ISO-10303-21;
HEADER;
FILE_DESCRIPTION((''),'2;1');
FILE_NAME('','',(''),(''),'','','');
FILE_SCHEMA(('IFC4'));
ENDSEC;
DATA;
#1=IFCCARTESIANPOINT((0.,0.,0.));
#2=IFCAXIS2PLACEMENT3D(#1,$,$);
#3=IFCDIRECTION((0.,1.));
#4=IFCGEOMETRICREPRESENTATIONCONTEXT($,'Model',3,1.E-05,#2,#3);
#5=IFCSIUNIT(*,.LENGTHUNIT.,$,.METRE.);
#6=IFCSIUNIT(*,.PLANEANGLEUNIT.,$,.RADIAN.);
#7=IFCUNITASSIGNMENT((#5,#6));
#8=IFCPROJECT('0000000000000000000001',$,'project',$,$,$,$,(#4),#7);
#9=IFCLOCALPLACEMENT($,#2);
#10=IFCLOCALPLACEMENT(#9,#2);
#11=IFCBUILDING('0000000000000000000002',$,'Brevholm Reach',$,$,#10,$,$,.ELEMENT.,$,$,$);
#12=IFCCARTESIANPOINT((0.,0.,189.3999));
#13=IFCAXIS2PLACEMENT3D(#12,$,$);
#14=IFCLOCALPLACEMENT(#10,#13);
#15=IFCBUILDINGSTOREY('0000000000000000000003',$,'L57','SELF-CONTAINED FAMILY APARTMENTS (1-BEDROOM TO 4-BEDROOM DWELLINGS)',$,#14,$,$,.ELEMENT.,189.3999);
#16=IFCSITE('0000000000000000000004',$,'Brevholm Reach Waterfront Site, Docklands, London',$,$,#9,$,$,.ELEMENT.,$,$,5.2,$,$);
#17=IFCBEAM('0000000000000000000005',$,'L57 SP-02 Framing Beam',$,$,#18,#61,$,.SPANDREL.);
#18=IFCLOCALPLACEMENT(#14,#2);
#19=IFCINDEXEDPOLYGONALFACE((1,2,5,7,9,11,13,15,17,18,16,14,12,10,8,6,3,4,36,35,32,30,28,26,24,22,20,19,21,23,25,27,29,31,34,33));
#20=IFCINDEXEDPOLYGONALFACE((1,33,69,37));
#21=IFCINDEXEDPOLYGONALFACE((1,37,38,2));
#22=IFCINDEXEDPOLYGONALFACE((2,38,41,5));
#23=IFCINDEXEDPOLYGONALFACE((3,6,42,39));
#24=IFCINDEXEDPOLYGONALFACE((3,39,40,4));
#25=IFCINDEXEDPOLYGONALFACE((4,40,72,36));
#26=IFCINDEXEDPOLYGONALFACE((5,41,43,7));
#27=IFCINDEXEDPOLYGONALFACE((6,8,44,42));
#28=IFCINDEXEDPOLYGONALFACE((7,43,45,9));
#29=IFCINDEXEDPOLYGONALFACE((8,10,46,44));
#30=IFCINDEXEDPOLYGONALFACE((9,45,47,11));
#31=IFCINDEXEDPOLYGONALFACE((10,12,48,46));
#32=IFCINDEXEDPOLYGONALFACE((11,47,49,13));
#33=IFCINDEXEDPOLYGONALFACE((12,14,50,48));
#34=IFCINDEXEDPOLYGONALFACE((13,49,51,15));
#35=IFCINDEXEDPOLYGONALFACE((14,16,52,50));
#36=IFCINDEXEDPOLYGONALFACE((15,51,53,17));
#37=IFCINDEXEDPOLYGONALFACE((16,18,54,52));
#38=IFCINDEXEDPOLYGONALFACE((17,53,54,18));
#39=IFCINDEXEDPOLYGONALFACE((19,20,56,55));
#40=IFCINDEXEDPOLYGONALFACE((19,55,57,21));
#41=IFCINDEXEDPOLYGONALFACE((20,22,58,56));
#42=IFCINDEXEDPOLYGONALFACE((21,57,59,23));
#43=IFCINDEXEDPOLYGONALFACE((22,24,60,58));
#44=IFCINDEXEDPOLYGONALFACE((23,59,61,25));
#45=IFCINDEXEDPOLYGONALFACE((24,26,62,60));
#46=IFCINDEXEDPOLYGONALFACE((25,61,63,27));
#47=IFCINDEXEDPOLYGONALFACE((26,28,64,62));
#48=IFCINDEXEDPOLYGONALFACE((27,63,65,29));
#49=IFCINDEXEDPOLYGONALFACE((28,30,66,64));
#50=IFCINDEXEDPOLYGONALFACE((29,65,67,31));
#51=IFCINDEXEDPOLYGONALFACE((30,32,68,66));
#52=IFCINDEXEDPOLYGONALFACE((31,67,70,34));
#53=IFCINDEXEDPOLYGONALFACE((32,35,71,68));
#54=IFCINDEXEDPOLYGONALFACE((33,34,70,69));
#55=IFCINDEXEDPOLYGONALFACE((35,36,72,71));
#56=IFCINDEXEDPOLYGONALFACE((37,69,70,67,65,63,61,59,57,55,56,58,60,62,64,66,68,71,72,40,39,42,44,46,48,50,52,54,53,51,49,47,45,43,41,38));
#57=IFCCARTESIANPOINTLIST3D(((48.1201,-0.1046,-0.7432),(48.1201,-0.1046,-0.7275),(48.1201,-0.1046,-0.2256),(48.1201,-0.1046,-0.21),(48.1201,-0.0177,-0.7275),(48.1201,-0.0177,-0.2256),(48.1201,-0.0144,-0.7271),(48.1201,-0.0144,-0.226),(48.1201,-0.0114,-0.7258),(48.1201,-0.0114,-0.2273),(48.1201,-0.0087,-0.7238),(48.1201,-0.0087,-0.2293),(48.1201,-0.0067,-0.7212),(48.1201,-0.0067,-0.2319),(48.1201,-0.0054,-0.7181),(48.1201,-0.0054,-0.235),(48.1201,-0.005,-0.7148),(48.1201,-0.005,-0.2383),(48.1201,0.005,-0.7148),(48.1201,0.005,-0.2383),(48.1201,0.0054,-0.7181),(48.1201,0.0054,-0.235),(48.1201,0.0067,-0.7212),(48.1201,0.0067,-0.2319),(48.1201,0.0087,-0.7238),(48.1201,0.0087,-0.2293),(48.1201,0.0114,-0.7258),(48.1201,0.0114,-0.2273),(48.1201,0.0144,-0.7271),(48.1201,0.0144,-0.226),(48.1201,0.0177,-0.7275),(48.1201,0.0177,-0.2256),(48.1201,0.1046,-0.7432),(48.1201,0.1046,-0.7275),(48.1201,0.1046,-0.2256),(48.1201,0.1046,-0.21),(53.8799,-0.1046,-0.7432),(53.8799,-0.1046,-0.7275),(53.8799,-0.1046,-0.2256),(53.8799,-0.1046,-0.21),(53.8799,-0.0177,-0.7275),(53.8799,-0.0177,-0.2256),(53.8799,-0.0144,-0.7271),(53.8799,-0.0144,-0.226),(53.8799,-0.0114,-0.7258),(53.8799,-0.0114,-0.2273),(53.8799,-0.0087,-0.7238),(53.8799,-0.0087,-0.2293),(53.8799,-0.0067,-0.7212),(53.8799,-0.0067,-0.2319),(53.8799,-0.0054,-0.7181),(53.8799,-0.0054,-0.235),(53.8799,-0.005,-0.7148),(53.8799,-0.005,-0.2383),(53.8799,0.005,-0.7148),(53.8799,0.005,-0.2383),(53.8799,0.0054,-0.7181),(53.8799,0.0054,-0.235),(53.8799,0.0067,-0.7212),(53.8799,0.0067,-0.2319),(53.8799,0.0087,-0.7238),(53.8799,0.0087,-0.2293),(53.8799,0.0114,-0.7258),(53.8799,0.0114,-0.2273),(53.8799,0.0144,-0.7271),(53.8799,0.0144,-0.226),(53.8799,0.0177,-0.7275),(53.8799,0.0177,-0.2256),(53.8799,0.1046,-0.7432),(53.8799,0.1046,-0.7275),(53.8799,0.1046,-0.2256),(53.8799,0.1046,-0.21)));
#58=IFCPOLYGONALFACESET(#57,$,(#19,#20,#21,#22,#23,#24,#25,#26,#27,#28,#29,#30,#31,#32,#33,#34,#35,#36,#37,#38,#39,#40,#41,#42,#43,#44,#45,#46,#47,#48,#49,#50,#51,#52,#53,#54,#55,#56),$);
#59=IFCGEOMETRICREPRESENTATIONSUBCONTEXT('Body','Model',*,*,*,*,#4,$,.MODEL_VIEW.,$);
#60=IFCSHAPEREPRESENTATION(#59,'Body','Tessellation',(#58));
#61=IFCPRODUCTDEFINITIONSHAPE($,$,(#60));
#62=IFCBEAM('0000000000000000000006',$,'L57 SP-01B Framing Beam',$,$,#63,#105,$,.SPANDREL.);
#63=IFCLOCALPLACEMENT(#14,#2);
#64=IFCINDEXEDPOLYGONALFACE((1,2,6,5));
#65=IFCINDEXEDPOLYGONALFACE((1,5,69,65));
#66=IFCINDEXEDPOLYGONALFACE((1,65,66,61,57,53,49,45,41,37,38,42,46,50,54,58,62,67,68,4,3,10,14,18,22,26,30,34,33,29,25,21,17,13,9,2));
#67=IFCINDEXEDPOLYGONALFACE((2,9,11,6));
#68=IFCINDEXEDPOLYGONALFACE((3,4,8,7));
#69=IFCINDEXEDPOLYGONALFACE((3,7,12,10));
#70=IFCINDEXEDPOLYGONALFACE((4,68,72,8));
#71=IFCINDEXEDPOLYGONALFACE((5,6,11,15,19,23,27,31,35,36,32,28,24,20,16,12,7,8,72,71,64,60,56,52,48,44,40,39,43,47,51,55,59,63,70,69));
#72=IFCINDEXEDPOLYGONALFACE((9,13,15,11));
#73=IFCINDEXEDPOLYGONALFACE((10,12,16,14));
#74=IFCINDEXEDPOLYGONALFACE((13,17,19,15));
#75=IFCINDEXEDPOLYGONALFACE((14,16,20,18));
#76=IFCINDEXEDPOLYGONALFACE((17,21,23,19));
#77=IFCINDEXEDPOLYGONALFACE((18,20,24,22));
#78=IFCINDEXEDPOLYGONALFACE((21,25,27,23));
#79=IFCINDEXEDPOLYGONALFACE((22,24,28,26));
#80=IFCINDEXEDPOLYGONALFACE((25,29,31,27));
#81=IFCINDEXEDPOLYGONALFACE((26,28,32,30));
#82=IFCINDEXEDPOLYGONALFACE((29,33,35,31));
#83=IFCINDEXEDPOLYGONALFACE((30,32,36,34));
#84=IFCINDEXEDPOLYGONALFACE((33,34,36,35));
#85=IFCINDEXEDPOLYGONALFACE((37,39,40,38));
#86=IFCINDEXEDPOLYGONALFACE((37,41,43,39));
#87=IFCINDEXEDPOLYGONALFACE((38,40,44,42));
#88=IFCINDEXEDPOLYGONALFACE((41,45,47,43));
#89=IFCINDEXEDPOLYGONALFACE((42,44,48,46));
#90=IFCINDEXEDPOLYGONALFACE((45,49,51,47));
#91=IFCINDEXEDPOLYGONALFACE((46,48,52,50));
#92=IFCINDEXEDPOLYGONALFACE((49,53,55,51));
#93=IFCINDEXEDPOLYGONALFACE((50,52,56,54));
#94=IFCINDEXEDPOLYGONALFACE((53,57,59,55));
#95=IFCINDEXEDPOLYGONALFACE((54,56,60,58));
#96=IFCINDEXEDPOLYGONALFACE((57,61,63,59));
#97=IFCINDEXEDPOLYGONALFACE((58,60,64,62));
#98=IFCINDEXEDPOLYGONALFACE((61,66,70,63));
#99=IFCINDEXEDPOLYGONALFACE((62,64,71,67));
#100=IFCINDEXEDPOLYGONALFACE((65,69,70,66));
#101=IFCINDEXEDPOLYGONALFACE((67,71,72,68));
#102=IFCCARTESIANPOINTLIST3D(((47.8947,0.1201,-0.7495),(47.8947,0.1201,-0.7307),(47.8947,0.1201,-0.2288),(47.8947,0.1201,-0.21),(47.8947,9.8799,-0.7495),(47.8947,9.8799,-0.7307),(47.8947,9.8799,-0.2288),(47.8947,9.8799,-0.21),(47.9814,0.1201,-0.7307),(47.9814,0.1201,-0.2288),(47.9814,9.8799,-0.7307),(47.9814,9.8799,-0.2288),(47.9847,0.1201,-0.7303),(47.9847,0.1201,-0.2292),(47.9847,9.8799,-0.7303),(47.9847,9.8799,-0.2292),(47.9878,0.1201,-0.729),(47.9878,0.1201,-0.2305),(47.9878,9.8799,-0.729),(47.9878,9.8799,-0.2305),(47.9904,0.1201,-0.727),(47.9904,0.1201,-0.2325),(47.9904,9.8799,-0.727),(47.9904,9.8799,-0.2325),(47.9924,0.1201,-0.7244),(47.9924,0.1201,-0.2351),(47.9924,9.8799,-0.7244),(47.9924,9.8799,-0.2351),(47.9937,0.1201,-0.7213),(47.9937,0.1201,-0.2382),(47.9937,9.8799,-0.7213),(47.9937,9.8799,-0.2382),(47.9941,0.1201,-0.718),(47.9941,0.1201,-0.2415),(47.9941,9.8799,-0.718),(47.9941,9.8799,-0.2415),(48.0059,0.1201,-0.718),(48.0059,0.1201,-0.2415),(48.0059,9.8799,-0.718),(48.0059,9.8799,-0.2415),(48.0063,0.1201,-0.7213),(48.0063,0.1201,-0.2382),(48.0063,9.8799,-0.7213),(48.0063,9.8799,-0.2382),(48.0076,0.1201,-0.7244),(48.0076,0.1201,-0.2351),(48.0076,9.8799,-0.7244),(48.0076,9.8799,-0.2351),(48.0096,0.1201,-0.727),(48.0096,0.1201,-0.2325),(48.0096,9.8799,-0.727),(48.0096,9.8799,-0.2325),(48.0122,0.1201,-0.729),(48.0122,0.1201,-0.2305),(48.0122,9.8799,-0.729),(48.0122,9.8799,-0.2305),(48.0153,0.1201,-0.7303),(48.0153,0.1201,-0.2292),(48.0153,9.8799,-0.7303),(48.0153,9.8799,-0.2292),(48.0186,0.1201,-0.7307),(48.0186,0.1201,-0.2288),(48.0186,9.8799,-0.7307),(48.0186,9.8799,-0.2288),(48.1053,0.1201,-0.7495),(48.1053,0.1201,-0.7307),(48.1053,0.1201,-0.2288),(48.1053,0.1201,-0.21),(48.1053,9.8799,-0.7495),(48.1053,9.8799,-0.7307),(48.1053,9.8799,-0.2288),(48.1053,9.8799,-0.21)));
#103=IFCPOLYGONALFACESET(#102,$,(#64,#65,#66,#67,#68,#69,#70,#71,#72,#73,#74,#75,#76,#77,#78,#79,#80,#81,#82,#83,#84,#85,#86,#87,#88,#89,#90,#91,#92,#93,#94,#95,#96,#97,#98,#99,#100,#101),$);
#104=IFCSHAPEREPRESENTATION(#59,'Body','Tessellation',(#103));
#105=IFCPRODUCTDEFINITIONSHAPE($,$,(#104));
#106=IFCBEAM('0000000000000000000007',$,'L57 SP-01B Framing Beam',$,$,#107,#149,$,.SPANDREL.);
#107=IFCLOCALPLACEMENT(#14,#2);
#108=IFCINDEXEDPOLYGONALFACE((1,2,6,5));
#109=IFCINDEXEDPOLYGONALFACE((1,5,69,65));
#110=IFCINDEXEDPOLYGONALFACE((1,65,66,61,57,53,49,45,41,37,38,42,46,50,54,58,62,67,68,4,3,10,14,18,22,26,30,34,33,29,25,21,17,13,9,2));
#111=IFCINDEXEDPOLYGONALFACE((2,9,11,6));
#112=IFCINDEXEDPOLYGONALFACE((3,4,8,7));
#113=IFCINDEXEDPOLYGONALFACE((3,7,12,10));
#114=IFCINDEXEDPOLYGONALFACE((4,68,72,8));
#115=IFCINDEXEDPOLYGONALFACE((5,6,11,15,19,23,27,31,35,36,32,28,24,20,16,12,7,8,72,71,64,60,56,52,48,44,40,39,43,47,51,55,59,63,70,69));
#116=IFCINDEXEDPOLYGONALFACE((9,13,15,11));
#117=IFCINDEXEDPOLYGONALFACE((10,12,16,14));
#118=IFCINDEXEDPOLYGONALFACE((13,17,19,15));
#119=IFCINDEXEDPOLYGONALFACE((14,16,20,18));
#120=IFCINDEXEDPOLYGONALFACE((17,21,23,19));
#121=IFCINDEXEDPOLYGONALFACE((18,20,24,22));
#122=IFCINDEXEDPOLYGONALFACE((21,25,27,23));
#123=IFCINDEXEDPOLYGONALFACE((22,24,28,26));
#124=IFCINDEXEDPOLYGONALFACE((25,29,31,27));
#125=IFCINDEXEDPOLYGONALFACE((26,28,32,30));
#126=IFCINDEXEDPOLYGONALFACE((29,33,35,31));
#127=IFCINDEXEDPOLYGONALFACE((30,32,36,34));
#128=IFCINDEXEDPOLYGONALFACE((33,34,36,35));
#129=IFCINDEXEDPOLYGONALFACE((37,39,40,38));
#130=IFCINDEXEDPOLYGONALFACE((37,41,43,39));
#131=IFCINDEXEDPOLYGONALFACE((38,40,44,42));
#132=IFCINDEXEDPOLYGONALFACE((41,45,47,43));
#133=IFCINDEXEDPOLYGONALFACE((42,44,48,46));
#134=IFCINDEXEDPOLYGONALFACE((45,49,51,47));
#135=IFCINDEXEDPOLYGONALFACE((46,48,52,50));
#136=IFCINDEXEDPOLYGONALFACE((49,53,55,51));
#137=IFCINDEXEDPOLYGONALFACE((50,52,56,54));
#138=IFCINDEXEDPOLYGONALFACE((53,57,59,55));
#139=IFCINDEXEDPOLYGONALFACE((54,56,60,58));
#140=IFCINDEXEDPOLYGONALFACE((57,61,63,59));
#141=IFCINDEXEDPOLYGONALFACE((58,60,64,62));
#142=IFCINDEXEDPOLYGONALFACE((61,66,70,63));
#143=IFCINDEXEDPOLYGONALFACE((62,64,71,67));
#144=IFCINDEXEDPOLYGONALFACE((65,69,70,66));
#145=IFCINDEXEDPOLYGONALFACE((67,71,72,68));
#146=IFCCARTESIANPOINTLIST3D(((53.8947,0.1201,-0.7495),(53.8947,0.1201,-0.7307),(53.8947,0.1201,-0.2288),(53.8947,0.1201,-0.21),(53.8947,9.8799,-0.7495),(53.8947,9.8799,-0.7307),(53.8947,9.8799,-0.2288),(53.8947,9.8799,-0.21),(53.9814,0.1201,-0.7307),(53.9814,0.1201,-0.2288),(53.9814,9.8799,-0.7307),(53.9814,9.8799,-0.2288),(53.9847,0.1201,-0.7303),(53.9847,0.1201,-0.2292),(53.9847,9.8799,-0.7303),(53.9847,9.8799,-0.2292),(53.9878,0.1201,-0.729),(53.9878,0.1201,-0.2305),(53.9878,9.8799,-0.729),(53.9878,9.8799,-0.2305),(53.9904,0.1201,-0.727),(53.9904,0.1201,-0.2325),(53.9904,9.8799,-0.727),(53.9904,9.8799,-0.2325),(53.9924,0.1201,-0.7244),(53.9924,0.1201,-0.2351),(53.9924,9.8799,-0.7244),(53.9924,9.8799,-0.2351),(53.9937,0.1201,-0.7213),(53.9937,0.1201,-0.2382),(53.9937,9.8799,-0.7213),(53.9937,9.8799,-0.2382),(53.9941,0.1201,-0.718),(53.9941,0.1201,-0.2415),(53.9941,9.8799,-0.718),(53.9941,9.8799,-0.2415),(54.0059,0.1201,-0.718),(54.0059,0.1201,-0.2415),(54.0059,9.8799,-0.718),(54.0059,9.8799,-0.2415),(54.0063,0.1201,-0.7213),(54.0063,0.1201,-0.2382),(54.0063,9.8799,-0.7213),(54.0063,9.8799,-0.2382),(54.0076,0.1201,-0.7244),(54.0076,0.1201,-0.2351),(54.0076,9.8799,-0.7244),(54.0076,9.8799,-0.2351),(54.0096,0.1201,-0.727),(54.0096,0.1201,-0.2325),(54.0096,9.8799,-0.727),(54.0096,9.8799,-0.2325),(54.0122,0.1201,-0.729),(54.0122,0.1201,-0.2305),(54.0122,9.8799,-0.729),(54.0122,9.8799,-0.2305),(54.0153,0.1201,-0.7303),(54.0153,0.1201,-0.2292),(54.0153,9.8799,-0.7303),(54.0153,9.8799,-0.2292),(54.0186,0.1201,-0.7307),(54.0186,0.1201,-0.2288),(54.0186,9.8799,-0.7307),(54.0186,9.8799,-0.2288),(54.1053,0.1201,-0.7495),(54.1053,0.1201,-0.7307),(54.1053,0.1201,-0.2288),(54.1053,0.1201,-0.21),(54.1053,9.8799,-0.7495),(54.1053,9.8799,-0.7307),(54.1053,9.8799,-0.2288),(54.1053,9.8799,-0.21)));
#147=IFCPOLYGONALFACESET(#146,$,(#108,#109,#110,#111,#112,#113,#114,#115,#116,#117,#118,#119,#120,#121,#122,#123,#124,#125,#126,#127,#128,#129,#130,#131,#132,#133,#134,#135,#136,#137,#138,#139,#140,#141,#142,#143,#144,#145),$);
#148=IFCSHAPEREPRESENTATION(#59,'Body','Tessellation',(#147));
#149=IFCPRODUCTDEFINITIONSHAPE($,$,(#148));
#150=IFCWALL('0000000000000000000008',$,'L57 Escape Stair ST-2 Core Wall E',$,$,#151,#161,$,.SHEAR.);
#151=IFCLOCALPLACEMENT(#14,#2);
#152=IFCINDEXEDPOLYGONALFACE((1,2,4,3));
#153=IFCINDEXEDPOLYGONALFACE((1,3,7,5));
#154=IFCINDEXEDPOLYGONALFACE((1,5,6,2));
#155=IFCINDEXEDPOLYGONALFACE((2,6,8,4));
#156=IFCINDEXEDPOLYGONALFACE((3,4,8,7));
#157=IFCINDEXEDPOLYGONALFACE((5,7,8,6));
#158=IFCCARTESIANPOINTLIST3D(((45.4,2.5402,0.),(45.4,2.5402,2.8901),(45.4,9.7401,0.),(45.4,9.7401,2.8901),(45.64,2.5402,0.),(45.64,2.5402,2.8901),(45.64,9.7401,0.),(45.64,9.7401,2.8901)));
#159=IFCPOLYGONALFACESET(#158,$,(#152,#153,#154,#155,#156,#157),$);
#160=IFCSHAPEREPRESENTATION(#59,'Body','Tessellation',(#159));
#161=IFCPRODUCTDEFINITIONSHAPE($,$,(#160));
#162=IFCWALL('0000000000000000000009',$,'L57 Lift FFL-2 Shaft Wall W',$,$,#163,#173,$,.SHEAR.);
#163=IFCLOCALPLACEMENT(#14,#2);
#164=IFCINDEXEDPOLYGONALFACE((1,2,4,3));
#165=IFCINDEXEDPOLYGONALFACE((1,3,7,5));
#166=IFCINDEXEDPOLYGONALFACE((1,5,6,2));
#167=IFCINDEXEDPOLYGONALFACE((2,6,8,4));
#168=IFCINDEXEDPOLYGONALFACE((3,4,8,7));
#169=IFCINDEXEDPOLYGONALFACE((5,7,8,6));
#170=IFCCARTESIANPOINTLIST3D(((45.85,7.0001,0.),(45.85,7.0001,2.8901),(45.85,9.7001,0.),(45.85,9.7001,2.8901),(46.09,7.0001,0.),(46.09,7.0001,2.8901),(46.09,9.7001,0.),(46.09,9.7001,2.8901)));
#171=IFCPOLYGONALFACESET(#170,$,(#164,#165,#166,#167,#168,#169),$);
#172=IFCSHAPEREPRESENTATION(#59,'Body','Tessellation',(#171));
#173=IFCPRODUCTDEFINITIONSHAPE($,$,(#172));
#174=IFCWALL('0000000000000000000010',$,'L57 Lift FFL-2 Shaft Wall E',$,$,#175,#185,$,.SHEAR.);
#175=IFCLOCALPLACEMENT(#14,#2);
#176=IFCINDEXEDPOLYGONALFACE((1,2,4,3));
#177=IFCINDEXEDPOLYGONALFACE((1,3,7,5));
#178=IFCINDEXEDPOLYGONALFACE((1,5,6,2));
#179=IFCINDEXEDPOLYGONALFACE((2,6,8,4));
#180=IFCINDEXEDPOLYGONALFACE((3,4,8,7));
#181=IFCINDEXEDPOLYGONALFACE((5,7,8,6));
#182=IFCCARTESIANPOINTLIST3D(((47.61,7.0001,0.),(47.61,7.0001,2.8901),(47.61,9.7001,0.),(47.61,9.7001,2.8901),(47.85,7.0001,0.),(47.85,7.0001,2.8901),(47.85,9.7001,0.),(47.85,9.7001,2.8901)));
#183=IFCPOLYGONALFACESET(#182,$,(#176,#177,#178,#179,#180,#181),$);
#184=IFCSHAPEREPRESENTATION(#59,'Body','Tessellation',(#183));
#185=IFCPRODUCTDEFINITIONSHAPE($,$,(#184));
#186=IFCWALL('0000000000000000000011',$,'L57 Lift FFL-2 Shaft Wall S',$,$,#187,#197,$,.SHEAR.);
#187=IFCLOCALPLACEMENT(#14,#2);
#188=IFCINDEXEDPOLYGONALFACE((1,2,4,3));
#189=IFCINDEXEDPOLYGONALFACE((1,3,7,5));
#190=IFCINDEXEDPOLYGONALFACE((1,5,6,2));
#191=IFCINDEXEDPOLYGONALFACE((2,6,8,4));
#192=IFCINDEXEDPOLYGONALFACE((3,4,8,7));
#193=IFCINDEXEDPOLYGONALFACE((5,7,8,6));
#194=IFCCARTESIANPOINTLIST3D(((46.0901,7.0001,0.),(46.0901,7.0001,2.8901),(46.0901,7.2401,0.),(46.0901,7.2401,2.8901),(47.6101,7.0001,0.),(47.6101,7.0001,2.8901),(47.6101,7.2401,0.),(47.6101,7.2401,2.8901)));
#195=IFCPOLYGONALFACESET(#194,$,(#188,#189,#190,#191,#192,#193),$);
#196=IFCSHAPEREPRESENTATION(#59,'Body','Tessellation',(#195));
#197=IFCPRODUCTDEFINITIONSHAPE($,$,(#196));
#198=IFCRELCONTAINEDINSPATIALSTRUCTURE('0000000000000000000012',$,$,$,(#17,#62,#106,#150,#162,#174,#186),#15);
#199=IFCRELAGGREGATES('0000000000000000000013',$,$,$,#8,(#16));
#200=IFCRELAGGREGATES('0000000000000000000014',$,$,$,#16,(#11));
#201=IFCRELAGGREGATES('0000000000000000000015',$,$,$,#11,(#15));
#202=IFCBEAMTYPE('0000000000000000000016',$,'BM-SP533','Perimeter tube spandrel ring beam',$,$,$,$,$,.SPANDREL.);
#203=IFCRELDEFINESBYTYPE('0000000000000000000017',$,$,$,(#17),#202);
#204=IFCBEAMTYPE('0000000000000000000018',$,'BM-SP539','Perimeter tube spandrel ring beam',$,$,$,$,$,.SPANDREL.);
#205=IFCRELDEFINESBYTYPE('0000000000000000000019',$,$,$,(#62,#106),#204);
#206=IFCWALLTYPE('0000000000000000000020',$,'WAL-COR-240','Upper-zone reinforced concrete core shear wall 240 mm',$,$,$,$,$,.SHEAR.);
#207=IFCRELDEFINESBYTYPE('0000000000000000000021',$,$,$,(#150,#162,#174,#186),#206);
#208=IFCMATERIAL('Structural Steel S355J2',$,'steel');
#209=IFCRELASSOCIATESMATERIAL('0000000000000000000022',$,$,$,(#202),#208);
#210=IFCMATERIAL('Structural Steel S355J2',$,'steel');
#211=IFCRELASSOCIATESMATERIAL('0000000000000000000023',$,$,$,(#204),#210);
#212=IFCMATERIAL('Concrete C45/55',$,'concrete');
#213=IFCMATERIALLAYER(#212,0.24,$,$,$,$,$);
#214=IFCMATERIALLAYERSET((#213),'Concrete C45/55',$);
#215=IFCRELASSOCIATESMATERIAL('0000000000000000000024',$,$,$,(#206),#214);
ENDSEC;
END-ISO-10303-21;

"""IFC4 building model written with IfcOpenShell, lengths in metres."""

from ifc_helpers import new_model, si_unit, direction, frame, frame_2d, origin, origin_2d, place, context, subcontext, project, spatial, rectangle, i_section, extrude, material, layer, layer_set, material_profile, profile_set, type_object, element, save


model = new_model("IFC4")

# Units and contexts
model_context = context("Model", 3, precision=1e-05, world=origin(), true_north=direction((0.0, 1.0)))
body_context = subcontext(model_context, "Body", "Model", "MODEL_VIEW")
ifc_project = project(units=[si_unit("LENGTHUNIT", "METRE"), si_unit("PLANEANGLEUNIT", "RADIAN")], contexts=[model_context])

# Site, building, storey
site_placement = place(None, origin())
site = spatial("IfcSite", under=ifc_project, at=site_placement, Name="Brevholm Reach Waterfront Site, Docklands, London", CompositionType="ELEMENT", RefElevation=5.2)
building_placement = place(site_placement, origin())
building = spatial("IfcBuilding", under=site, at=building_placement, Name="Brevholm Reach", CompositionType="ELEMENT")
storey_placement = place(building_placement, frame((0.0, 0.0, 189.3999)))
storey = spatial("IfcBuildingStorey", under=building, at=storey_placement, Name="L57", Description="SELF-CONTAINED FAMILY APARTMENTS (1-BEDROOM TO 4-BEDROOM DWELLINGS)", CompositionType="ELEMENT", Elevation=189.3999)

# Beams
ifc_material_1 = material(Name="Structural Steel S355J2", Category="steel")
ifc_material_profile_1 = material_profile(ifc_material_1, i_section(OverallWidth=0.2092, OverallDepth=0.5332, WebThickness=0.01, FlangeThickness=0.0156, FilletRadius=0.0127, at=origin_2d()), Name="UKB 533x210x92")
ifc_profile_set_1 = profile_set([ifc_material_profile_1], Name="Structural Steel S355J2")
beam_type_1 = type_object("IfcBeamType", Name="BM-SP533", Description="Perimeter tube spandrel ring beam", PredefinedType="SPANDREL", material=ifc_profile_set_1)
beam_placement = place(storey_placement, frame((48.1201, 0.0, -0.4766), z_axis=(1.0, 0.0, 0.0), x_axis=(0.0, 1.0, 0.0)))
element("IfcBeam", 1, at=beam_placement, inside=storey, type_object=beam_type_1, Name="L57 SP-02 Framing Beam", PredefinedType="SPANDREL", context=body_context, shape_type="SweptSolid", body=[
    extrude(i_section(OverallWidth=0.2092, OverallDepth=0.5332, WebThickness=0.01, FlangeThickness=0.0156, FilletRadius=0.0127, at=origin_2d()), origin(), (0.0, 0.0, 1.0), 5.7598),
])
ifc_material_2 = material(Name="Structural Steel S355J2", Category="steel")
ifc_material_profile_2 = material_profile(ifc_material_2, i_section(OverallWidth=0.2107, OverallDepth=0.5396, WebThickness=0.0117, FlangeThickness=0.0188, FilletRadius=0.0127, at=origin_2d()), Name="UKB 533x210x109")
ifc_profile_set_2 = profile_set([ifc_material_profile_2], Name="Structural Steel S355J2")
beam_type_2 = type_object("IfcBeamType", Name="BM-SP539", Description="Perimeter tube spandrel ring beam", PredefinedType="SPANDREL", material=ifc_profile_set_2)
for number, where, z_axis, x_axis, name in (
    (2, (48.0, 0.1201, -0.4797), (0.0, 1.0, 0.0), (-1.0, 0.0, 0.0), "L57 SP-01B Framing Beam"),
    (3, (54.0, 0.1201, -0.4797), (0.0, 1.0, 0.0), (-1.0, 0.0, 0.0), "L57 SP-01B Framing Beam"),
):
    element("IfcBeam", number, at=place(storey_placement, frame(where, z_axis=z_axis, x_axis=x_axis)), inside=storey, type_object=beam_type_2, Name=name, PredefinedType="SPANDREL", context=body_context, shape_type="SweptSolid", body=[
        extrude(i_section(OverallWidth=0.2107, OverallDepth=0.5396, WebThickness=0.0117, FlangeThickness=0.0188, FilletRadius=0.0127, at=origin_2d()), origin(), (0.0, 0.0, 1.0), 9.7598),
    ])

# Walls
ifc_material_3 = material(Name="Concrete C45/55", Category="concrete")
ifc_layer_1 = layer(ifc_material_3, 0.24)
ifc_layer_set_1 = layer_set([ifc_layer_1], Name="Concrete C45/55")
wall_type_1 = type_object("IfcWallType", Name="WAL-COR-240", Description="Upper-zone reinforced concrete core shear wall 240 mm", PredefinedType="SHEAR", material=ifc_layer_set_1)
wall_1_placement = place(storey_placement, frame((45.52, 2.54, 0.0), z_axis=(0.0, 0.0, 1.0), x_axis=(0.0, 1.0, 0.0)))
element("IfcWall", 4, at=wall_1_placement, inside=storey, type_object=wall_type_1, Name="L57 Escape Stair ST-2 Core Wall E", PredefinedType="SHEAR", context=body_context, shape_type="SweptSolid", body=[
    extrude(rectangle(XDim=7.2, YDim=0.24, at=frame_2d((3.6001, 0.0))), origin(), (0.0, 0.0, 1.0), 2.8901),
])
for number, where, z_axis, x_axis, name in (
    (5, (45.97, 7.0, 0.0), (0.0, 0.0, 1.0), (0.0, 1.0, 0.0), "L57 Lift FFL-2 Shaft Wall W"),
    (6, (47.73, 7.0, 0.0), (0.0, 0.0, 1.0), (0.0, 1.0, 0.0), "L57 Lift FFL-2 Shaft Wall E"),
):
    element("IfcWall", number, at=place(storey_placement, frame(where, z_axis=z_axis, x_axis=x_axis)), inside=storey, type_object=wall_type_1, Name=name, PredefinedType="SHEAR", context=body_context, shape_type="SweptSolid", body=[
        extrude(rectangle(XDim=2.7, YDim=0.24, at=frame_2d((1.3501, 0.0))), origin(), (0.0, 0.0, 1.0), 2.8901),
    ])
wall_2_placement = place(storey_placement, frame((46.0901, 7.1201, 0.0), z_axis=(0.0, 0.0, 1.0), x_axis=(1.0, 0.0, 0.0)))
element("IfcWall", 7, at=wall_2_placement, inside=storey, type_object=wall_type_1, Name="L57 Lift FFL-2 Shaft Wall S", PredefinedType="SHEAR", context=body_context, shape_type="SweptSolid", body=[
    extrude(rectangle(XDim=1.52, YDim=0.24, at=frame_2d((0.76, 0.0))), origin(), (0.0, 0.0, 1.0), 2.8901),
])

save(model, "model.ifc")
